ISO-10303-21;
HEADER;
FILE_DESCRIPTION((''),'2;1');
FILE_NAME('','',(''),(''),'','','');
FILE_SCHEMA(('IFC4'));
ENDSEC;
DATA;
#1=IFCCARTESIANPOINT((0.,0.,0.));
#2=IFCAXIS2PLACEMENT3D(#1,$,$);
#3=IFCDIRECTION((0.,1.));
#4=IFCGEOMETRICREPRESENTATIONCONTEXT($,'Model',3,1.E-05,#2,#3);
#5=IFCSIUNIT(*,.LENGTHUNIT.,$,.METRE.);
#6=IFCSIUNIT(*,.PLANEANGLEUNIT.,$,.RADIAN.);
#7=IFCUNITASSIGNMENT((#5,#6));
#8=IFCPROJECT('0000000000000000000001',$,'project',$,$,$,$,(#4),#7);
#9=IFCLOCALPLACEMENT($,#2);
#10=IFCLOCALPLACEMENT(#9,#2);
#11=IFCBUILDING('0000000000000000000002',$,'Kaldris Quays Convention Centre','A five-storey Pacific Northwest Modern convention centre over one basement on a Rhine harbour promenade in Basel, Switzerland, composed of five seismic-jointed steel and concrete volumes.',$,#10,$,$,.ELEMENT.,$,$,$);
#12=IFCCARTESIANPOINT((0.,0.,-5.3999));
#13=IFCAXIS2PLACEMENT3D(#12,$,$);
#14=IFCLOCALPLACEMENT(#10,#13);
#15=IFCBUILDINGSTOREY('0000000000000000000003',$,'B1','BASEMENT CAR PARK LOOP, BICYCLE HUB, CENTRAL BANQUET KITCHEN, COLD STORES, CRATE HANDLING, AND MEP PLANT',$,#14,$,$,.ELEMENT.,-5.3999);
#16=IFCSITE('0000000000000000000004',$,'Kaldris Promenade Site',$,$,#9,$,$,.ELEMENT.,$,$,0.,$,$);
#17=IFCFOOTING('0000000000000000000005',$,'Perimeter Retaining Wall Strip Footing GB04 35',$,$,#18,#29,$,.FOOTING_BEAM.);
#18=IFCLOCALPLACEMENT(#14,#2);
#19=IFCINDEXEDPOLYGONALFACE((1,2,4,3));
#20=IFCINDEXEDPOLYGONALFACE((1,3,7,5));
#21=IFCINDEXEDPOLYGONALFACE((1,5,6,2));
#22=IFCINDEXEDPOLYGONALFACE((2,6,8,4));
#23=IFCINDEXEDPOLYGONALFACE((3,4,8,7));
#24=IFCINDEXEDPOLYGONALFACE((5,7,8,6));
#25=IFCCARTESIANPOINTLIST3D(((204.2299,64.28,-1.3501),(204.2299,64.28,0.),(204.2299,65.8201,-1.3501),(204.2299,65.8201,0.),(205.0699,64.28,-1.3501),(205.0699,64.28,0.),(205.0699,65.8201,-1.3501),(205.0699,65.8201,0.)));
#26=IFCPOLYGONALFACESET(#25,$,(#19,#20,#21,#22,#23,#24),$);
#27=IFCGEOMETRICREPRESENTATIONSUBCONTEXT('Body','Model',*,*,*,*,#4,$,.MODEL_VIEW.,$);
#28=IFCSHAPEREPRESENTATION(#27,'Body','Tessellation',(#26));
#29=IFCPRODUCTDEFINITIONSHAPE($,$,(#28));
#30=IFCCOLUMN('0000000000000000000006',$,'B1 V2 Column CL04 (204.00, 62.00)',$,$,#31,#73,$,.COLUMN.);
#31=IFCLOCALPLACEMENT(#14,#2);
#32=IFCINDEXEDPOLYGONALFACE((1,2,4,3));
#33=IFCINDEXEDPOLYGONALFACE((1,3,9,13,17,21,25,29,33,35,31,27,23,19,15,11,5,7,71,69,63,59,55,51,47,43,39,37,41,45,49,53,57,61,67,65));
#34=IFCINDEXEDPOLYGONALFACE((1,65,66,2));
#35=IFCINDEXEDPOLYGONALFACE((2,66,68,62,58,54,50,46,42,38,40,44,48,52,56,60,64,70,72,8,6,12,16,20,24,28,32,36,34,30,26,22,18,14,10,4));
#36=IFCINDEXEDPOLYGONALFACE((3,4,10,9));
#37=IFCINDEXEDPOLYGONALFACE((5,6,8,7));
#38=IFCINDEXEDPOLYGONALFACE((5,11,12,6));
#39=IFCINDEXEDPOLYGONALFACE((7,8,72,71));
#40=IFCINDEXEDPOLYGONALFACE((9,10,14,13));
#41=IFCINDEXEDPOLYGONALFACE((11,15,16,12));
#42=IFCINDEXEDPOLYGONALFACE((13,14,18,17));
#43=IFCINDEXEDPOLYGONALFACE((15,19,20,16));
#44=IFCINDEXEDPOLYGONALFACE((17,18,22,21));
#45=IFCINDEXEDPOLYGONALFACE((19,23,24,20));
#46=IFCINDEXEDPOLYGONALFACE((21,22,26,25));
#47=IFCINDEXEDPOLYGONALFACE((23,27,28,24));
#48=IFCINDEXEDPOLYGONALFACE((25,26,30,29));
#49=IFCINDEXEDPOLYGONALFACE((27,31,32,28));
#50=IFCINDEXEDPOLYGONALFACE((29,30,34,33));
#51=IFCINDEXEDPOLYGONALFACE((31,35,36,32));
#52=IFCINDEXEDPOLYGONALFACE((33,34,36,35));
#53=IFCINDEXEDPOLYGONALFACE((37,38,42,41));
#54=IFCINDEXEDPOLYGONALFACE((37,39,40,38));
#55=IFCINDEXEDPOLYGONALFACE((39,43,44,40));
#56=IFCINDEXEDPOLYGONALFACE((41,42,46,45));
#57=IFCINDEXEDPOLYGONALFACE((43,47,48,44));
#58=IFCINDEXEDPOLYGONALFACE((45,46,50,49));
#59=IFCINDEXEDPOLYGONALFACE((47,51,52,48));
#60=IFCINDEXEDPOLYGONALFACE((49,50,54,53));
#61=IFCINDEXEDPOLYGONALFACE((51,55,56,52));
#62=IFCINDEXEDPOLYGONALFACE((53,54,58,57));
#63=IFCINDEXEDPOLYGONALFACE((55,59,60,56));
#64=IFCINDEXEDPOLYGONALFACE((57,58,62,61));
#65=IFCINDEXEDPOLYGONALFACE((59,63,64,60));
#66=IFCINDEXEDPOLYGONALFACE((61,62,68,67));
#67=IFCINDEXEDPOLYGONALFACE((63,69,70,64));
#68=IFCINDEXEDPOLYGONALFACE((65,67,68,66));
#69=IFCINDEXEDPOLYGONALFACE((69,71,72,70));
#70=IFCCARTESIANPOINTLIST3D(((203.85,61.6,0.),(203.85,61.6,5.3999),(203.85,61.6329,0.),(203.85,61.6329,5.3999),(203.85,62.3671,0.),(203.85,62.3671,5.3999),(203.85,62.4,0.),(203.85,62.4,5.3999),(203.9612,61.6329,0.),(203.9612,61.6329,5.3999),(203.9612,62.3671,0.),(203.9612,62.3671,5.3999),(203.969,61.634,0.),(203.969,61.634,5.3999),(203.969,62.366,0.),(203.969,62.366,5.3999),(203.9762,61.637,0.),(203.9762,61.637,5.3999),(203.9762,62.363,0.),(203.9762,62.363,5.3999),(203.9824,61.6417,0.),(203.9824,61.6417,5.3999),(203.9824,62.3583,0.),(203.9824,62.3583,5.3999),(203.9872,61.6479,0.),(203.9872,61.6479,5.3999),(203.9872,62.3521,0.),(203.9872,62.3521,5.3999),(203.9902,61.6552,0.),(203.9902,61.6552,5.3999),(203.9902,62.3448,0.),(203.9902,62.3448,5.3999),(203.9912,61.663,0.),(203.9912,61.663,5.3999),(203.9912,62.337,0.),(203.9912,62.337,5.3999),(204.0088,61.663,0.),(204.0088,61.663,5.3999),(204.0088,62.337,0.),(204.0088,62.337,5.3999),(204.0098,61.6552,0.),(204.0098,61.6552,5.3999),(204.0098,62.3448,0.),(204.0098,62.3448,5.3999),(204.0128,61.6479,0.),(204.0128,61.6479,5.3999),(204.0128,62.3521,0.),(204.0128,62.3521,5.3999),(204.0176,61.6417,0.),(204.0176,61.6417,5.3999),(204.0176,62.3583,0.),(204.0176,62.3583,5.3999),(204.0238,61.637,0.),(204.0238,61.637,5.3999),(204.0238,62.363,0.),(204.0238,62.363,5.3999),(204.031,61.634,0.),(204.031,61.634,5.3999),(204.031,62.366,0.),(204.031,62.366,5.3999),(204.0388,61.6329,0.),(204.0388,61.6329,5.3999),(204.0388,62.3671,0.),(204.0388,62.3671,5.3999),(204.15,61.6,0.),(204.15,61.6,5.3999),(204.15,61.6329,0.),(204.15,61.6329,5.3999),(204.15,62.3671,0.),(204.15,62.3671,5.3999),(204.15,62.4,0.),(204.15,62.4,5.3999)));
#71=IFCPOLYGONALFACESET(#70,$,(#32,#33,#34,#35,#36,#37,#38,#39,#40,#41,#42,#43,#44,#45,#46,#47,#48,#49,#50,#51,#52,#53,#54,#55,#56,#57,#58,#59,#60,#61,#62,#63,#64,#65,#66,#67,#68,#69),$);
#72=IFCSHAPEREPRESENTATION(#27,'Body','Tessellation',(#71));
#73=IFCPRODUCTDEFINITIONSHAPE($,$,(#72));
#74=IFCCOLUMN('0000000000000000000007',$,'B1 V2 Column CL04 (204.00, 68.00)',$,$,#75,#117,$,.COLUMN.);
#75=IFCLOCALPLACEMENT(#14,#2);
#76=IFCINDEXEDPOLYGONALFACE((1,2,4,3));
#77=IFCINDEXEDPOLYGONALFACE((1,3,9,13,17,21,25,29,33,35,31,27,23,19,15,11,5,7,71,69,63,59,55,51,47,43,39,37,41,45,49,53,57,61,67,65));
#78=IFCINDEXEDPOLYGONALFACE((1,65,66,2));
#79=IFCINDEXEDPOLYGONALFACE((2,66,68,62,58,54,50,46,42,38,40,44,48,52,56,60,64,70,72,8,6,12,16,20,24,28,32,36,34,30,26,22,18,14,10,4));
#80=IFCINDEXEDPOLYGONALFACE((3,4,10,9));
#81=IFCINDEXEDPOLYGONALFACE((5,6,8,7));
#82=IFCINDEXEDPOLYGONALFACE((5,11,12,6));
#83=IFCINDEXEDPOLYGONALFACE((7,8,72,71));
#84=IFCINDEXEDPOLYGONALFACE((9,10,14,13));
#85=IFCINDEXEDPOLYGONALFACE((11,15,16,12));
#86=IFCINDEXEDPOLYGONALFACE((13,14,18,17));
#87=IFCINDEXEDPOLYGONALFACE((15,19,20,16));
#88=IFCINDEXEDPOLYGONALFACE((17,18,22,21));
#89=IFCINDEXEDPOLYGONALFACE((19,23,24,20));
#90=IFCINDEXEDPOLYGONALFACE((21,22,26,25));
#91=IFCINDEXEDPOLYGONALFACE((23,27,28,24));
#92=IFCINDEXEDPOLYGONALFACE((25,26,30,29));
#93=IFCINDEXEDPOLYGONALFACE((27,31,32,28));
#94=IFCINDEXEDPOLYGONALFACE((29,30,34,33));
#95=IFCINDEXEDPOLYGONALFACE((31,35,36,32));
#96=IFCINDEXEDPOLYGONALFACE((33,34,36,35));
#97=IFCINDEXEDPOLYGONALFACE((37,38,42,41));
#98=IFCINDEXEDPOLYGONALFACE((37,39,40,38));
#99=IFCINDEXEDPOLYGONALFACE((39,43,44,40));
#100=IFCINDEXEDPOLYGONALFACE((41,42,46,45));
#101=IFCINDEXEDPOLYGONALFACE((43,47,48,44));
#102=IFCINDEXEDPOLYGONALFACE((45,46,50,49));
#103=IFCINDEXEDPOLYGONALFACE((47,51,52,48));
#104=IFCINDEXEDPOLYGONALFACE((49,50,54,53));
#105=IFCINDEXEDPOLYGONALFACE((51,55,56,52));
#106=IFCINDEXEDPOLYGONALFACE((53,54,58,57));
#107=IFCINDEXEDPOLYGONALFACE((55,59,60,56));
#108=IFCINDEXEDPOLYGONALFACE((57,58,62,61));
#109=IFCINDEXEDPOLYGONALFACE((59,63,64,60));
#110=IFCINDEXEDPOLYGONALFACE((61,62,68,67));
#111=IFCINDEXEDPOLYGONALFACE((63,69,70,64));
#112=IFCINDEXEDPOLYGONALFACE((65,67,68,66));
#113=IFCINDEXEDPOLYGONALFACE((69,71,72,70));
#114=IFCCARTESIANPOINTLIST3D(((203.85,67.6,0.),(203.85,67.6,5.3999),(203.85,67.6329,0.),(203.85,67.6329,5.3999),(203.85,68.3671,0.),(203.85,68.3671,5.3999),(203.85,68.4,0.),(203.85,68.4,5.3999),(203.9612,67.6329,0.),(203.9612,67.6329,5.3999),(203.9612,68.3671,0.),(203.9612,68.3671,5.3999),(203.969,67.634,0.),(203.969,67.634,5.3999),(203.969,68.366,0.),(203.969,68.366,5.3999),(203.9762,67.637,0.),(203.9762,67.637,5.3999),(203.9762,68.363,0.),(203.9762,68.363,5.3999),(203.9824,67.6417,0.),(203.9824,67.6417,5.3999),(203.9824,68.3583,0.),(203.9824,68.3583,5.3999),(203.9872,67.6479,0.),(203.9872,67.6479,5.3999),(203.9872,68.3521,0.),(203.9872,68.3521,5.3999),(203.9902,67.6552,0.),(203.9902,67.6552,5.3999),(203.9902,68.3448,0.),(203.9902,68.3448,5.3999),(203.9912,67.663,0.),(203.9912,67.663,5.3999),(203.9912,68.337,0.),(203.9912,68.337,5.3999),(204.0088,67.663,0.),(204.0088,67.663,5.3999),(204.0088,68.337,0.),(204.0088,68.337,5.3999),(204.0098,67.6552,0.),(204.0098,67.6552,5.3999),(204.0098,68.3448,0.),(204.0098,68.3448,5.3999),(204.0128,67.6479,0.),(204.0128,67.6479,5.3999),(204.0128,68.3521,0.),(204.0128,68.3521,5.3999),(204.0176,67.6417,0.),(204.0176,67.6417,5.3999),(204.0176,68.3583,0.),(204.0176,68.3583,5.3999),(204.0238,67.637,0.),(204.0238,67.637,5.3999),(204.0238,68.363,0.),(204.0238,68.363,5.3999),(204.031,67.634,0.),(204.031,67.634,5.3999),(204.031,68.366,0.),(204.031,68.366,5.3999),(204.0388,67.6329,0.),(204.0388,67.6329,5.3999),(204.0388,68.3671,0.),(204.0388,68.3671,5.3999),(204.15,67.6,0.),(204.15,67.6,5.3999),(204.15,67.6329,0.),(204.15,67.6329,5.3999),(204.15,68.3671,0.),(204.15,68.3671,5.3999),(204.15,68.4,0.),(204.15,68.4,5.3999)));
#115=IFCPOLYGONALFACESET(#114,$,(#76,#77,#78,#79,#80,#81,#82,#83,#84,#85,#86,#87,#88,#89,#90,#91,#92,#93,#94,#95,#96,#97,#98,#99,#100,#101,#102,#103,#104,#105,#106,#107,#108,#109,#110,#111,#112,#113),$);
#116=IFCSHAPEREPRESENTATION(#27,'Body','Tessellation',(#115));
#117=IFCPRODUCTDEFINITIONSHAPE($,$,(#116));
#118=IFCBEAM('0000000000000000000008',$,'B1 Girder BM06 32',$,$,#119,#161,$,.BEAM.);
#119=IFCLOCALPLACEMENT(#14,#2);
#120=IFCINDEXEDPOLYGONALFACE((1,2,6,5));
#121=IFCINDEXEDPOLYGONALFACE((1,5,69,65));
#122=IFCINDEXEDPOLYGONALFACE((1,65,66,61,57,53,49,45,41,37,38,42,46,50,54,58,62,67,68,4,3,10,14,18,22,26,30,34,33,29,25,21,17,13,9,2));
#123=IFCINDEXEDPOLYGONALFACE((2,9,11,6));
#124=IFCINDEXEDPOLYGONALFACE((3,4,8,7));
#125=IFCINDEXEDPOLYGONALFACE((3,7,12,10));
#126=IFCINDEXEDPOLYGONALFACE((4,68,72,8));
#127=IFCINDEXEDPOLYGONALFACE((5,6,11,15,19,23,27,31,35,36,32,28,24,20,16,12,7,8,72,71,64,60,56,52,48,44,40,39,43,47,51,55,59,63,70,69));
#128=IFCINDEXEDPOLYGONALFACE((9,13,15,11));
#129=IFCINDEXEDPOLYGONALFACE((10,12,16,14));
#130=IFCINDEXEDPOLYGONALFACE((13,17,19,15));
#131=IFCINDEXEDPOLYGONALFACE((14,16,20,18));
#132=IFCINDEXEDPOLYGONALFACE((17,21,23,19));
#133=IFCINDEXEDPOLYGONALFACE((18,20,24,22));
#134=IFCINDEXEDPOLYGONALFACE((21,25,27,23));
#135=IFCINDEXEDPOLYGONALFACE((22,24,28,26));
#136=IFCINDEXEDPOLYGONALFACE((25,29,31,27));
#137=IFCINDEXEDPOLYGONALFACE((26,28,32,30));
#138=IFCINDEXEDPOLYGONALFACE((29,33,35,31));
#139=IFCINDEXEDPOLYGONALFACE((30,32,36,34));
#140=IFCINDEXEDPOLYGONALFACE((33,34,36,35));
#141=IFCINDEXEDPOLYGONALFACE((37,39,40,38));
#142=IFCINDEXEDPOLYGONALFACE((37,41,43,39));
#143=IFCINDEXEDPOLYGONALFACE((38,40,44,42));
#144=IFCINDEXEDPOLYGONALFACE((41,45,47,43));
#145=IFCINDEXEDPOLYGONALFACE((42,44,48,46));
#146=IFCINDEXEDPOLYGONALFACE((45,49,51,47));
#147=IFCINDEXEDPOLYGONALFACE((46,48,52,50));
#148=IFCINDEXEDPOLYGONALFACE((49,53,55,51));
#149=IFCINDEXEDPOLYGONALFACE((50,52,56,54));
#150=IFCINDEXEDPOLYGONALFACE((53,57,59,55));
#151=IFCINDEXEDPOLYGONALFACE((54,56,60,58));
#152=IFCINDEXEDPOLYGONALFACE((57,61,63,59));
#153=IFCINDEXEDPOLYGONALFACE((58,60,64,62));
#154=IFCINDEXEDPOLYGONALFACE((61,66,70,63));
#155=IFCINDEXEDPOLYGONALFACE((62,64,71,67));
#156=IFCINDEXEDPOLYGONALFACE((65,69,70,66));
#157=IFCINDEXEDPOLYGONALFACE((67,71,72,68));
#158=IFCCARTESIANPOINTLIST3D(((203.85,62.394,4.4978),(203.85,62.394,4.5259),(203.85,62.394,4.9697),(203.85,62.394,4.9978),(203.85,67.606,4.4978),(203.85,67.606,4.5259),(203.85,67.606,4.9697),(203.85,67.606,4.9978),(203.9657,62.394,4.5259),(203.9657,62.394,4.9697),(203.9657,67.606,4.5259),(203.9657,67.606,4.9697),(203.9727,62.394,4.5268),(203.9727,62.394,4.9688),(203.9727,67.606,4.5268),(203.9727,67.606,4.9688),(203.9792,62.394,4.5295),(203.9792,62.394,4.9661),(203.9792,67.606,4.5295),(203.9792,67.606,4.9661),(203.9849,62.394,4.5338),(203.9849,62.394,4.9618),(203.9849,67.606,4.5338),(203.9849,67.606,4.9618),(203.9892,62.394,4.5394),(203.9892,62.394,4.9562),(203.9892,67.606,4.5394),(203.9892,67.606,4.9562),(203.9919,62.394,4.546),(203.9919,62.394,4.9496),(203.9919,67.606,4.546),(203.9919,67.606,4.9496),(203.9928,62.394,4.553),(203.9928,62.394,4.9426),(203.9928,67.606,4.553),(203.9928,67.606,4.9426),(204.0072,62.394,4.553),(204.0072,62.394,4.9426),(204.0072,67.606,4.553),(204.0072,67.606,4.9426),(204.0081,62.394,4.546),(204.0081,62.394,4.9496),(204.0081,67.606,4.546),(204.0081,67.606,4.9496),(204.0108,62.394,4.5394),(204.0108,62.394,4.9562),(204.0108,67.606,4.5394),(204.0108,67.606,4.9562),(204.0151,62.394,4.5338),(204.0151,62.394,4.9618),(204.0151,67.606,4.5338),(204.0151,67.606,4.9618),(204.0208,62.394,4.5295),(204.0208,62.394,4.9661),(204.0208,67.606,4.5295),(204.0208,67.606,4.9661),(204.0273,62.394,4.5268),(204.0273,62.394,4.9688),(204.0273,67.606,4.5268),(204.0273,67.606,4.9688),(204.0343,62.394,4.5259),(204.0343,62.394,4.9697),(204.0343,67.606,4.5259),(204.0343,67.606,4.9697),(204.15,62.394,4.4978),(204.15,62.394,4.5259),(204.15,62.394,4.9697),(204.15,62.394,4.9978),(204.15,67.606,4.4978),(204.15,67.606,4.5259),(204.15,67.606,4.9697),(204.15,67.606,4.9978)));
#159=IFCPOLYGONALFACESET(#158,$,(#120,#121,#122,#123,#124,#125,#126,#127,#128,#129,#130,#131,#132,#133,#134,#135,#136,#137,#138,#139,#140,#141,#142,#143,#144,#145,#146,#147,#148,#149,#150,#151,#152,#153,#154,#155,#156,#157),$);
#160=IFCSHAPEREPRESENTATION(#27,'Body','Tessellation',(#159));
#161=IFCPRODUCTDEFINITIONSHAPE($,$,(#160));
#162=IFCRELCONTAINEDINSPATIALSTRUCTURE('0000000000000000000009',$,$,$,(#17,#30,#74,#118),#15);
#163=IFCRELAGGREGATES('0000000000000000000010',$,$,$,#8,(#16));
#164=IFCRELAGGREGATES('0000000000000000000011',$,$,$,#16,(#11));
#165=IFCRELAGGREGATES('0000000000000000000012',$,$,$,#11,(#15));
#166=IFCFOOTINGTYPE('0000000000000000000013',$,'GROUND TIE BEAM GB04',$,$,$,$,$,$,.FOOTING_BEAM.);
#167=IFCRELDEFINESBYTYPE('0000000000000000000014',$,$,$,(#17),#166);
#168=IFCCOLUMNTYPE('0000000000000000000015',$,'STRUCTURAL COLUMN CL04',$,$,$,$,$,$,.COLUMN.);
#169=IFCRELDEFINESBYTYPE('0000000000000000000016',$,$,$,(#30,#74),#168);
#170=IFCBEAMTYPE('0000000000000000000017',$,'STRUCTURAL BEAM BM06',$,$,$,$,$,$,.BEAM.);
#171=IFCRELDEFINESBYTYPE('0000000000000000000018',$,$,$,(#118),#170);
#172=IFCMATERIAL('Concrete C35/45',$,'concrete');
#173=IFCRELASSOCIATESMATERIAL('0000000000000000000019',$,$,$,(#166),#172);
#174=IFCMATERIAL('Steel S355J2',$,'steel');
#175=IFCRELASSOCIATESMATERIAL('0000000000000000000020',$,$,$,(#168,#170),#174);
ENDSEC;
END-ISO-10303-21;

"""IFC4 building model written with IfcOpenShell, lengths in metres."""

from ifc_helpers import new_model, si_unit, direction, frame, origin, origin_2d, place, context, subcontext, project, spatial, rectangle, i_section, extrude, material, material_profile, profile_set, type_object, element, save


model = new_model("IFC4")

# Units and contexts
model_context = context("Model", 3, precision=1e-05, world=origin(), true_north=direction((0.0, 1.0)))
body_context = subcontext(model_context, "Body", "Model", "MODEL_VIEW")
ifc_project = project(units=[si_unit("LENGTHUNIT", "METRE"), si_unit("PLANEANGLEUNIT", "RADIAN")], contexts=[model_context])

# Site, building, storey
site_placement = place(None, origin())
site = spatial("IfcSite", under=ifc_project, at=site_placement, Name="Kaldris Promenade Site", CompositionType="ELEMENT", RefElevation=0.0)
building_placement = place(site_placement, origin())
building = spatial("IfcBuilding", under=site, at=building_placement, Name="Kaldris Quays Convention Centre", Description="A five-storey Pacific Northwest Modern convention centre over one basement on a Rhine harbour promenade in Basel, Switzerland, composed of five seismic-jointed steel and concrete volumes.", CompositionType="ELEMENT")
storey_placement = place(building_placement, frame((0.0, 0.0, -5.3999)))
storey = spatial("IfcBuildingStorey", under=building, at=storey_placement, Name="B1", Description="BASEMENT CAR PARK LOOP, BICYCLE HUB, CENTRAL BANQUET KITCHEN, COLD STORES, CRATE HANDLING, AND MEP PLANT", CompositionType="ELEMENT", Elevation=-5.3999)

# Shared definitions
ifc_material_1 = material(Name="Concrete C35/45", Category="concrete")

# Footing
footing_type_1 = type_object("IfcFootingType", Name="GROUND TIE BEAM GB04", PredefinedType="FOOTING_BEAM", material=ifc_material_1)
footing_1_placement = place(storey_placement, frame((204.6499, 65.05, -1.3501), z_axis=(0.0, 0.0, 1.0), x_axis=(1.0, 0.0, 0.0)))
element("IfcFooting", 1, at=footing_1_placement, inside=storey, type_object=footing_type_1, Name="Perimeter Retaining Wall Strip Footing GB04 35", PredefinedType="FOOTING_BEAM", context=body_context, shape_type="SweptSolid", body=[
    extrude(rectangle(XDim=0.8401, YDim=1.54, at=origin_2d()), origin(), (0.0, 0.0, 1.0), 1.3501),
])

# Columns
ifc_material_2 = material(Name="Steel S355J2", Category="steel")
ifc_material_profile_1 = material_profile(ifc_material_2, i_section(OverallWidth=0.3, OverallDepth=0.8, WebThickness=0.0176, FlangeThickness=0.033, FilletRadius=0.03, at=origin_2d()), Name="HEB 800")
ifc_profile_set_1 = profile_set([ifc_material_profile_1], Name="Steel S355J2")
column_type = type_object("IfcColumnType", Name="STRUCTURAL COLUMN CL04", PredefinedType="COLUMN", material=ifc_profile_set_1)
for number, where, z_axis, x_axis, name in (
    (2, (204.0, 62.0, 0.0), (0.0, 0.0, 1.0), (1.0, 0.0, 0.0), "B1 V2 Column CL04 (204.00, 62.00)"),
    (3, (204.0, 68.0, 0.0), (0.0, 0.0, 1.0), (1.0, 0.0, 0.0), "B1 V2 Column CL04 (204.00, 68.00)"),
):
    element("IfcColumn", number, at=place(storey_placement, frame(where, z_axis=z_axis, x_axis=x_axis)), inside=storey, type_object=column_type, Name=name, PredefinedType="COLUMN", context=body_context, shape_type="SweptSolid", body=[
        extrude(i_section(OverallWidth=0.3, OverallDepth=0.8, WebThickness=0.0176, FlangeThickness=0.033, FilletRadius=0.03, at=origin_2d()), origin(), (0.0, 0.0, 1.0), 5.3999),
    ])

# Beam
ifc_material_profile_2 = material_profile(ifc_material_2, i_section(OverallWidth=0.3, OverallDepth=0.5, WebThickness=0.0144, FlangeThickness=0.0281, FilletRadius=0.0271, at=origin_2d()), Name="HEB 500")
ifc_profile_set_2 = profile_set([ifc_material_profile_2], Name="Steel S355J2")
beam_type = type_object("IfcBeamType", Name="STRUCTURAL BEAM BM06", PredefinedType="BEAM", material=ifc_profile_set_2)
for number, where, z_axis, x_axis, name in (
    (4, (204.0, 62.394, 4.7478), (0.0, 1.0, 0.0), (-1.0, 0.0, 0.0), "B1 Girder BM06 32"),
):
    element("IfcBeam", number, at=place(storey_placement, frame(where, z_axis=z_axis, x_axis=x_axis)), inside=storey, type_object=beam_type, Name=name, PredefinedType="BEAM", context=body_context, shape_type="SweptSolid", body=[
        extrude(i_section(OverallWidth=0.3, OverallDepth=0.5, WebThickness=0.0144, FlangeThickness=0.0281, FilletRadius=0.0271, at=origin_2d()), origin(), (0.0, 0.0, 1.0), 5.2119),
    ])

save(model, "model.ifc")
